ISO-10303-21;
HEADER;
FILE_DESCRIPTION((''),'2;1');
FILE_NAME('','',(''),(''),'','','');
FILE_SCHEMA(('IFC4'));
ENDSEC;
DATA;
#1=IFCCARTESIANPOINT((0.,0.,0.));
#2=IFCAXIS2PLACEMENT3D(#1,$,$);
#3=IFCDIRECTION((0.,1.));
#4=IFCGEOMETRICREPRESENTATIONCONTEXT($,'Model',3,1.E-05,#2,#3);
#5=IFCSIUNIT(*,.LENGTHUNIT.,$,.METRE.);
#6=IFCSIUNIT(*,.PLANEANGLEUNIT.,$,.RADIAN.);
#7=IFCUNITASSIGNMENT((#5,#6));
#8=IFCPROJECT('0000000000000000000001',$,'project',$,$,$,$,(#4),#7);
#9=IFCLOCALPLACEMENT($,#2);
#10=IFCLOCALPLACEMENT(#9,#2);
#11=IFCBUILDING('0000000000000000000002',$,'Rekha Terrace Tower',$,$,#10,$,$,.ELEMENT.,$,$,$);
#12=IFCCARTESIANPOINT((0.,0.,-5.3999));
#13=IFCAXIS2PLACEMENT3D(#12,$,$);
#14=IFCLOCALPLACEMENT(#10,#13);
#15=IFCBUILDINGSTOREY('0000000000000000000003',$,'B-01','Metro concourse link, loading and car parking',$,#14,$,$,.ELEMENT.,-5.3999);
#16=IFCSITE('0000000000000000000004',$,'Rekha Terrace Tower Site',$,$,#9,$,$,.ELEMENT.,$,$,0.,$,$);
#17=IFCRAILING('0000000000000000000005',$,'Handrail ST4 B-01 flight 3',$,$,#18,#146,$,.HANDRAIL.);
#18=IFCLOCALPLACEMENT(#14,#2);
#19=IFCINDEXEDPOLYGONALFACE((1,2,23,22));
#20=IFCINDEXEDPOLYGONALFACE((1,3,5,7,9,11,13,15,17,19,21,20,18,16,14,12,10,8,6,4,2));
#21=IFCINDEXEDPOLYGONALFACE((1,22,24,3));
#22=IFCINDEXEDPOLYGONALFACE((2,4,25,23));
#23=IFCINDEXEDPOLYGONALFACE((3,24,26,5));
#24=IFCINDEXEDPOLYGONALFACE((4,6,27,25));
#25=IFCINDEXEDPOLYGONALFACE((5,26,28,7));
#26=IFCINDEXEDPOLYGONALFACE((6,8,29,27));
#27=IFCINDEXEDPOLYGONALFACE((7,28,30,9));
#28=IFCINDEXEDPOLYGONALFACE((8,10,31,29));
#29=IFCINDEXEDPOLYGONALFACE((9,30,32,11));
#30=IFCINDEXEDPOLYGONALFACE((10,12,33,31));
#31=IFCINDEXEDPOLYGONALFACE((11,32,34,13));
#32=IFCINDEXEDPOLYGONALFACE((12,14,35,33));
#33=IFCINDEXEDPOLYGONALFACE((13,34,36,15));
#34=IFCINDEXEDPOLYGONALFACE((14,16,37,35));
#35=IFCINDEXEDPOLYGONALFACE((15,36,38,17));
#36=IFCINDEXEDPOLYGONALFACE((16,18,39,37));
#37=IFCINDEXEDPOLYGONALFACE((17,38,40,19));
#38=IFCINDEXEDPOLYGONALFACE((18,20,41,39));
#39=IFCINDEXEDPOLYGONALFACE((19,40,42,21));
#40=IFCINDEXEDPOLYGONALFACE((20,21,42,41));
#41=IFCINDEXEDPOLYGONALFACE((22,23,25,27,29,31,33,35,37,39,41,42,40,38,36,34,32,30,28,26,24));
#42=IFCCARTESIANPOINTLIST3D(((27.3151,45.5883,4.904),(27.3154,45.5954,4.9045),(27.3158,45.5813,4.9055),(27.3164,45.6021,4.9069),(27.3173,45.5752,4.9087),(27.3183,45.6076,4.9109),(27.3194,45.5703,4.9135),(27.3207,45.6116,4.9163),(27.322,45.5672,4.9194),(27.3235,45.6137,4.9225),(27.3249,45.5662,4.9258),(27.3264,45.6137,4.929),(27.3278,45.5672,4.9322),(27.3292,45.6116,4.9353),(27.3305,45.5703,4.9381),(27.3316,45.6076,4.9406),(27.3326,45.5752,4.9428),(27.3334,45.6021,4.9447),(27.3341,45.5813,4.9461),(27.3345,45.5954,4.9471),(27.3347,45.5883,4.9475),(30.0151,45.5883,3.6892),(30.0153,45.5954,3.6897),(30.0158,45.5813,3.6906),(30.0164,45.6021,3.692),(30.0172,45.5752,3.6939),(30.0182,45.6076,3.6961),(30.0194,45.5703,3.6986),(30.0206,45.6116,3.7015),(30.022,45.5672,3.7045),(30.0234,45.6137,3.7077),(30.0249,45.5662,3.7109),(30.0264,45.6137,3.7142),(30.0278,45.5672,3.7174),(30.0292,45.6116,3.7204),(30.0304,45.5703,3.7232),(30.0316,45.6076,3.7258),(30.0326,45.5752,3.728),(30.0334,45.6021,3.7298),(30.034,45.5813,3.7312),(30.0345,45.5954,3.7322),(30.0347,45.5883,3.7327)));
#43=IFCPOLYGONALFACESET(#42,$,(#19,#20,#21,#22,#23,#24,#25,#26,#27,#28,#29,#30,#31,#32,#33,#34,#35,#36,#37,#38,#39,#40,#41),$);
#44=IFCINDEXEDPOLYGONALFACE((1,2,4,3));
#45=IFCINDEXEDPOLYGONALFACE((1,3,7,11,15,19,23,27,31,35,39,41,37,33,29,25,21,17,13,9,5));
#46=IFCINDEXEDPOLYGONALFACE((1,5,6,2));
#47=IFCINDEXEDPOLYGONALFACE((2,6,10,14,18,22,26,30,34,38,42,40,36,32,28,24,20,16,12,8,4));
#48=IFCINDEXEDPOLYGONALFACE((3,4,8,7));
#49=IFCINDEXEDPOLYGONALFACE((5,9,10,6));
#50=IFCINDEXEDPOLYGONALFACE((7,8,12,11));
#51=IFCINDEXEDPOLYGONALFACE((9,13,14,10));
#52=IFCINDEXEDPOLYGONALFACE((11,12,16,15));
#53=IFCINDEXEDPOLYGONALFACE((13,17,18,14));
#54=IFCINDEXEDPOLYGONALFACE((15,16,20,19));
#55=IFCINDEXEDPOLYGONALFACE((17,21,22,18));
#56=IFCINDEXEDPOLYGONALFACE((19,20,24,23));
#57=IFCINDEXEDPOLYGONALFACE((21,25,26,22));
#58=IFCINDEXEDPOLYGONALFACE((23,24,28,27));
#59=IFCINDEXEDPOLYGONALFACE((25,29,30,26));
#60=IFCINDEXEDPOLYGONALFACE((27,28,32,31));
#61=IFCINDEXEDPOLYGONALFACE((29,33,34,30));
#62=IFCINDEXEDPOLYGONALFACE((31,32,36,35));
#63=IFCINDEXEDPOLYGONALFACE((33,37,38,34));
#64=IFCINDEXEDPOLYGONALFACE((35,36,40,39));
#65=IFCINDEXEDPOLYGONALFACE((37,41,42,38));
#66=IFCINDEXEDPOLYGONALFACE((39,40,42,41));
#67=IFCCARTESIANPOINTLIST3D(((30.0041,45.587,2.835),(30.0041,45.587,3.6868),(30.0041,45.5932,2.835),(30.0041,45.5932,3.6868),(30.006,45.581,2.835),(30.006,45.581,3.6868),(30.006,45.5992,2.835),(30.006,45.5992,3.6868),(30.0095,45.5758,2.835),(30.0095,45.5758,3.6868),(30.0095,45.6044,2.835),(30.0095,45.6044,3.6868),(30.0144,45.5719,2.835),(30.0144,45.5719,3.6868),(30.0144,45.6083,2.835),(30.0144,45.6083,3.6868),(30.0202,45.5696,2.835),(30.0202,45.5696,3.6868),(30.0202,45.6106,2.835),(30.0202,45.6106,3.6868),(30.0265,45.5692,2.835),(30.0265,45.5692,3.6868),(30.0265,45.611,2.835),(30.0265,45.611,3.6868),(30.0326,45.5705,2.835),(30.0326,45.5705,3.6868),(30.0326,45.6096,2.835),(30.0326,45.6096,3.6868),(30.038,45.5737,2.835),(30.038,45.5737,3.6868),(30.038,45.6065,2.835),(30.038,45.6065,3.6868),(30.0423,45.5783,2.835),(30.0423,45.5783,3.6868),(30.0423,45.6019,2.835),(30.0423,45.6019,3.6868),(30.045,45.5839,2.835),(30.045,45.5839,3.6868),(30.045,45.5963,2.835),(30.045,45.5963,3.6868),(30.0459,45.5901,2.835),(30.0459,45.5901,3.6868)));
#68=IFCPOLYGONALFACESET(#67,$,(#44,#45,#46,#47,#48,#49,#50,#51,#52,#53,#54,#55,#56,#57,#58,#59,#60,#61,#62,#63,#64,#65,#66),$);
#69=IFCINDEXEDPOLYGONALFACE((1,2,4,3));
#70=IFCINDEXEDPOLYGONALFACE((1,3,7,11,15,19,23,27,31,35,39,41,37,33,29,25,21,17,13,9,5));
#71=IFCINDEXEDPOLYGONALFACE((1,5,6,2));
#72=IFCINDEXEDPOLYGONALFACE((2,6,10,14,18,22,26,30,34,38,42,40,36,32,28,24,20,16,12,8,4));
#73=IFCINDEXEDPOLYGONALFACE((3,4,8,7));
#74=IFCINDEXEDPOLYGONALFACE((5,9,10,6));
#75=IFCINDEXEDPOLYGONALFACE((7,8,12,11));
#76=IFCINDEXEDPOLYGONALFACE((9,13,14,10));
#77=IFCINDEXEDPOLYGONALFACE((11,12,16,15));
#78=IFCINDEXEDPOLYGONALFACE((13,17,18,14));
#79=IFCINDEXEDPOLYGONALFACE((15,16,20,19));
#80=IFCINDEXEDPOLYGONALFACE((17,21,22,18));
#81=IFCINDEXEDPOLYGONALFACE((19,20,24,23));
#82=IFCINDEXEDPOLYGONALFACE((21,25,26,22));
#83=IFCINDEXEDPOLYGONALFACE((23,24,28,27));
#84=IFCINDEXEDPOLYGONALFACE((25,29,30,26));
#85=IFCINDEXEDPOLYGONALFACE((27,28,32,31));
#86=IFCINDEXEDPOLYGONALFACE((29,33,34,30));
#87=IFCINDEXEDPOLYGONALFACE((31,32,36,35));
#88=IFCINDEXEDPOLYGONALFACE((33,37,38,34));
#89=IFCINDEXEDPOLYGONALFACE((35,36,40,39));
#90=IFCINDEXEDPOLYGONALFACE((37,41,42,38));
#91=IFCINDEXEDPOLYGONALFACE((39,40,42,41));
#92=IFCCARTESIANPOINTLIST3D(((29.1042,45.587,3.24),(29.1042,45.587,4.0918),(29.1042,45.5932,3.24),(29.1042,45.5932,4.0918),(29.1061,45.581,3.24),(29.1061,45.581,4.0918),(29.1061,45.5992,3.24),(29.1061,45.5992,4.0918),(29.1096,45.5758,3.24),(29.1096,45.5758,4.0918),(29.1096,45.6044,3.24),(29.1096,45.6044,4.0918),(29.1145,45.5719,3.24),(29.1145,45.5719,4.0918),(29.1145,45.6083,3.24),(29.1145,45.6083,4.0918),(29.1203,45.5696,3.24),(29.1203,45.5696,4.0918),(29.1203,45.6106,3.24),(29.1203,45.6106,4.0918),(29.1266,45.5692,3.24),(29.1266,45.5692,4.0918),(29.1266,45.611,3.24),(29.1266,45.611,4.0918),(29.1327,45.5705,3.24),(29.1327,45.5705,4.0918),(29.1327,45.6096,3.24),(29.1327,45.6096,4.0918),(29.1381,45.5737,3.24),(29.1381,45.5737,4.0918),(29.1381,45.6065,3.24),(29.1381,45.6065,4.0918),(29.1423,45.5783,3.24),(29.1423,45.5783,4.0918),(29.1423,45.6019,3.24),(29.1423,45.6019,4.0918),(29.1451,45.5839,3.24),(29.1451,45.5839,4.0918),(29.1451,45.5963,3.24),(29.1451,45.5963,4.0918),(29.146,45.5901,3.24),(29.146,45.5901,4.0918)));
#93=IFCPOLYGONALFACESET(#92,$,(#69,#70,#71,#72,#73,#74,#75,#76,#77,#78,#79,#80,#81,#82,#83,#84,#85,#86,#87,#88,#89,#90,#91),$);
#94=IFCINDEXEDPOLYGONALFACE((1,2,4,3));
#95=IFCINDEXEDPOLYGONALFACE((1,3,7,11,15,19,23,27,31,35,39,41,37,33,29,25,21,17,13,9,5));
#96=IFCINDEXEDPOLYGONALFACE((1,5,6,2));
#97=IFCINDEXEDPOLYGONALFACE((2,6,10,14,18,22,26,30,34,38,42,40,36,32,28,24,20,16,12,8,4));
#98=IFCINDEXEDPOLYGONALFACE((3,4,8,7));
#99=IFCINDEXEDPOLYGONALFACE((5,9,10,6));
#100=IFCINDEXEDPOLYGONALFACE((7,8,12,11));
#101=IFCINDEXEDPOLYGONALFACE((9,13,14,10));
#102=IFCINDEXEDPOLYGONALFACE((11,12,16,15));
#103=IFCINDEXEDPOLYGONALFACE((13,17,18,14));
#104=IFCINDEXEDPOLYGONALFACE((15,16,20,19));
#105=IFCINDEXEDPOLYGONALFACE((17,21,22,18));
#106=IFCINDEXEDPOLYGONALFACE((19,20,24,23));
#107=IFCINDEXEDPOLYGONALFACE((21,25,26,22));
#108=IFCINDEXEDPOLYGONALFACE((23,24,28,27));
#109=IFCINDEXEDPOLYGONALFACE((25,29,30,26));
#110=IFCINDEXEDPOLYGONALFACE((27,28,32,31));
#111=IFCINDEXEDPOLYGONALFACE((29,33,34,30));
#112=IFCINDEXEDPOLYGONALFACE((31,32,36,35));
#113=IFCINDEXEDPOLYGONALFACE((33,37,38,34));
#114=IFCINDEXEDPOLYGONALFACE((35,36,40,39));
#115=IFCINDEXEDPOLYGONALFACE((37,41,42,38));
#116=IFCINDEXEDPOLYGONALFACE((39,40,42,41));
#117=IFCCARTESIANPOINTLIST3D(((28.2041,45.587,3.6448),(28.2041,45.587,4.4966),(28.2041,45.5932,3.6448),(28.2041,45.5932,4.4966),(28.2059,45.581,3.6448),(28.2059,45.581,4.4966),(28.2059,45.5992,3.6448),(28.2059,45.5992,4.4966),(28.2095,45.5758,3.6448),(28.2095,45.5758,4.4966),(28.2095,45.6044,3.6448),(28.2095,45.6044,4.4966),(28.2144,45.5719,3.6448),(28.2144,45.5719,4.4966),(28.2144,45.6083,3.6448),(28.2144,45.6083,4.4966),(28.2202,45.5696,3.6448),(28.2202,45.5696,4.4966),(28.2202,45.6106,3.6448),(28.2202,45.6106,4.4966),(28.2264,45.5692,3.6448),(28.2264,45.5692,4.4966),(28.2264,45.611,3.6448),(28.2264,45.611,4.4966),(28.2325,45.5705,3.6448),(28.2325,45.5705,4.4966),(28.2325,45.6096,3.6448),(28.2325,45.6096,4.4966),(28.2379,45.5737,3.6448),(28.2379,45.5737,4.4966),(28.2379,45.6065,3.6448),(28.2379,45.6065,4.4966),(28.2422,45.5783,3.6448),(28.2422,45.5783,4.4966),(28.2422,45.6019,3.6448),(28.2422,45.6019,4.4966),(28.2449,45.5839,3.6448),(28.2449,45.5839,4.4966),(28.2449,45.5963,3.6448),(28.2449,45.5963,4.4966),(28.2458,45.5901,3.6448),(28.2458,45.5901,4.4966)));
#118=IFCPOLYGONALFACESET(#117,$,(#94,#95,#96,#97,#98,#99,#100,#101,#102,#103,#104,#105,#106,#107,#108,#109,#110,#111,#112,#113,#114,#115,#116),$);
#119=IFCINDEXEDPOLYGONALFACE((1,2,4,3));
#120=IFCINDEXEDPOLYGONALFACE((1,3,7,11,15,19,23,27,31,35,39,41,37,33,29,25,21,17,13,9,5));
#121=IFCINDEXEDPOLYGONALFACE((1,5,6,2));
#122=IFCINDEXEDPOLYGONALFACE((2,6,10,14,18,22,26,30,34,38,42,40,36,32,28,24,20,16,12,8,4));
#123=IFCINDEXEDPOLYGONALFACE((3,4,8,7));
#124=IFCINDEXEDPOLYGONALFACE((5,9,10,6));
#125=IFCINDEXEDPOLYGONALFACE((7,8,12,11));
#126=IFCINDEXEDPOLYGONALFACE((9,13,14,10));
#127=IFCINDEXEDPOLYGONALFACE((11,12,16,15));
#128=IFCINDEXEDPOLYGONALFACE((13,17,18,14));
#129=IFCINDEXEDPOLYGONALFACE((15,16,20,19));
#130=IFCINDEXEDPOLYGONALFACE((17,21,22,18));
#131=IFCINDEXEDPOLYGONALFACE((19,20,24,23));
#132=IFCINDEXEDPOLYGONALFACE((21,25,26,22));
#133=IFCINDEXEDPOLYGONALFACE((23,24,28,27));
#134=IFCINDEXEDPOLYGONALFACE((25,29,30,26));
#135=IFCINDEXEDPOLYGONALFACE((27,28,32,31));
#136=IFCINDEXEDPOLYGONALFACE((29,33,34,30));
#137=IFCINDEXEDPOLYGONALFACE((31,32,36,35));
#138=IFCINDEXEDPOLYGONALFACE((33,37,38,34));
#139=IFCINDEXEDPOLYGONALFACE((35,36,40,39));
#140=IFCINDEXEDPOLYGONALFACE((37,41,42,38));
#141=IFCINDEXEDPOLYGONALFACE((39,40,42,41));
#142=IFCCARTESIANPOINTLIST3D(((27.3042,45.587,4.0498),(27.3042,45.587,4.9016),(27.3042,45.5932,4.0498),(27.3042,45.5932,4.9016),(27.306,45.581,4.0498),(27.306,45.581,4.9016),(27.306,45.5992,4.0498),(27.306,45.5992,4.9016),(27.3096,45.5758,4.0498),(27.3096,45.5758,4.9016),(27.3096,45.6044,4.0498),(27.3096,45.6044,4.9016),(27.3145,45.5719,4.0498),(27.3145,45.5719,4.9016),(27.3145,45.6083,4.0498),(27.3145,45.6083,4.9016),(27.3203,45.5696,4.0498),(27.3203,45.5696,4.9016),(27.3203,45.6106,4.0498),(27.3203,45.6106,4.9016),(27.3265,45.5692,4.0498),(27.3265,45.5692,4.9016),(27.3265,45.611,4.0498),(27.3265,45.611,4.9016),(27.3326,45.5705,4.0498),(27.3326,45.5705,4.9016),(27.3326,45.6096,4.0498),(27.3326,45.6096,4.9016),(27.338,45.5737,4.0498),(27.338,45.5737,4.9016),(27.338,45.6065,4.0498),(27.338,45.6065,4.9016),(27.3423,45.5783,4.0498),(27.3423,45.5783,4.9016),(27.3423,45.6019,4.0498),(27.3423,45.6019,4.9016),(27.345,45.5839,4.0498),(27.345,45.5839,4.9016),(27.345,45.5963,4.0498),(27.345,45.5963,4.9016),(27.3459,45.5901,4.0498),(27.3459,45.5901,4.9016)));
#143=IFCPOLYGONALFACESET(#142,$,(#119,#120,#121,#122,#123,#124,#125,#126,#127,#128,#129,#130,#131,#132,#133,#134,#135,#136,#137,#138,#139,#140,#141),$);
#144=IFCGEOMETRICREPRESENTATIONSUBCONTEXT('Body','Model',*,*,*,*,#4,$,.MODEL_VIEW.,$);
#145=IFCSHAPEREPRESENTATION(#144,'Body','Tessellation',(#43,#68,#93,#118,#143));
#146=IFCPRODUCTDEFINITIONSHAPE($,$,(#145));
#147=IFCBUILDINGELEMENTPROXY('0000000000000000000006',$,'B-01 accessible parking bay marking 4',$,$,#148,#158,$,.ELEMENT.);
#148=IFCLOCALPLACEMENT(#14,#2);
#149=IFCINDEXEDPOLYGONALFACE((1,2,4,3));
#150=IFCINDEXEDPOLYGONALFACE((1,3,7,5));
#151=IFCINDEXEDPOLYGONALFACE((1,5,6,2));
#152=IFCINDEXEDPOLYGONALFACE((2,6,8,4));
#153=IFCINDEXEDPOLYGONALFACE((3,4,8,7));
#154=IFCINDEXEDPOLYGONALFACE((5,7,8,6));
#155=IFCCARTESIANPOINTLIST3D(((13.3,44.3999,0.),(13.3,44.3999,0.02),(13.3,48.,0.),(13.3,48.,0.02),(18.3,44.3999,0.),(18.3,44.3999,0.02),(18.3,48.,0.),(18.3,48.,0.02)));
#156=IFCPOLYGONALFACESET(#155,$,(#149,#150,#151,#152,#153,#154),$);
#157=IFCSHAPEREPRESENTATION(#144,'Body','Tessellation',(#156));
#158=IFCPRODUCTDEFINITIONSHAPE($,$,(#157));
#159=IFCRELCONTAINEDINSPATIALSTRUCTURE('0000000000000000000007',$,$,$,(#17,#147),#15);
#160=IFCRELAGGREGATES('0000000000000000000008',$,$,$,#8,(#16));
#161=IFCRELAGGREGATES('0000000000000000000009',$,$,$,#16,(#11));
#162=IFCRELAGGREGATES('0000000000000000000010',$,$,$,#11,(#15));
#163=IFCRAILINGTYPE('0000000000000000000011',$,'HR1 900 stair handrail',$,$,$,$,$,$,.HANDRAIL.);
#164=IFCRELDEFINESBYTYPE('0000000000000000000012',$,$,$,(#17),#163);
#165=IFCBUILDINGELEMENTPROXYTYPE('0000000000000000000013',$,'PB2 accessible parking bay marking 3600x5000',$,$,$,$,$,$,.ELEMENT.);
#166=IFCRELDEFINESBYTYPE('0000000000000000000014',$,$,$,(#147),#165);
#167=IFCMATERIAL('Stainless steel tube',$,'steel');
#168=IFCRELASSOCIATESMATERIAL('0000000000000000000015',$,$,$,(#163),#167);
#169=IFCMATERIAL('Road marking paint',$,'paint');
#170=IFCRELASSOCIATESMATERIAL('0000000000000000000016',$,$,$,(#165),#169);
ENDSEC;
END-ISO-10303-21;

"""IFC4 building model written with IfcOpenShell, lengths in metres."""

from ifc_helpers import new_model, si_unit, direction, frame, origin, origin_2d, place, context, subcontext, project, spatial, rectangle, circle, extrude, material, type_object, element, save


model = new_model("IFC4")

# Units and contexts
model_context = context("Model", 3, precision=1e-05, world=origin(), true_north=direction((0.0, 1.0)))
body_context = subcontext(model_context, "Body", "Model", "MODEL_VIEW")
ifc_project = project(units=[si_unit("LENGTHUNIT", "METRE"), si_unit("PLANEANGLEUNIT", "RADIAN")], contexts=[model_context])

# Site, building, storey
site_placement = place(None, origin())
site = spatial("IfcSite", under=ifc_project, at=site_placement, Name="Rekha Terrace Tower Site", CompositionType="ELEMENT", RefElevation=0.0)
building_placement = place(site_placement, origin())
building = spatial("IfcBuilding", under=site, at=building_placement, Name="Rekha Terrace Tower", CompositionType="ELEMENT")
storey_placement = place(building_placement, frame((0.0, 0.0, -5.3999)))
storey = spatial("IfcBuildingStorey", under=building, at=storey_placement, Name="B-01", Description="Metro concourse link, loading and car parking", CompositionType="ELEMENT", Elevation=-5.3999)

# Railing
ifc_material_1 = material(Name="Stainless steel tube", Category="steel")
railing_type = type_object("IfcRailingType", Name="HR1 900 stair handrail", PredefinedType="HANDRAIL", material=ifc_material_1)
railing_placement = place(storey_placement, frame((30.0249, 45.5901, 2.835)))
element("IfcRailing", 1, at=railing_placement, inside=storey, type_object=railing_type, Name="Handrail ST4 B-01 flight 3", PredefinedType="HANDRAIL", context=body_context, shape_type="SweptSolid", body=[
    extrude(circle(Radius=0.0239, at=origin_2d()), frame((0.0, 0.0, 0.876), z_axis=(-0.911938, 0.0, 0.410327), x_axis=(0.0, -1.0, 0.0)), (0.0, 0.0, 1.0), 2.9607),
    extrude(circle(Radius=0.021, at=origin_2d()), origin(), (0.0, 0.0, 1.0), 0.8518),
    extrude(circle(Radius=0.021, at=origin_2d()), frame((-0.8999, 0.0, 0.405)), (0.0, 0.0, 1.0), 0.8518),
    extrude(circle(Radius=0.021, at=origin_2d()), frame((-1.8, 0.0, 0.8098)), (0.0, 0.0, 1.0), 0.8518),
    extrude(circle(Radius=0.021, at=origin_2d()), frame((-2.7, 0.0, 1.2148)), (0.0, 0.0, 1.0), 0.8518),
])

# Building element proxy
ifc_material_2 = material(Name="Road marking paint", Category="paint")
building_element_proxy_type = type_object("IfcBuildingElementProxyType", Name="PB2 accessible parking bay marking 3600x5000", PredefinedType="ELEMENT", material=ifc_material_2)
proxy_placement = place(storey_placement, frame((15.8, 46.2, 0.0), z_axis=(0.0, 0.0, 1.0), x_axis=(1.0, 0.0, 0.0)))
element("IfcBuildingElementProxy", 2, at=proxy_placement, inside=storey, type_object=building_element_proxy_type, Name="B-01 accessible parking bay marking 4", PredefinedType="ELEMENT", context=body_context, shape_type="SweptSolid", body=[
    extrude(rectangle(XDim=5.0, YDim=3.6001, at=origin_2d()), origin(), (0.0, 0.0, 1.0), 0.02),
])

save(model, "model.ifc")
